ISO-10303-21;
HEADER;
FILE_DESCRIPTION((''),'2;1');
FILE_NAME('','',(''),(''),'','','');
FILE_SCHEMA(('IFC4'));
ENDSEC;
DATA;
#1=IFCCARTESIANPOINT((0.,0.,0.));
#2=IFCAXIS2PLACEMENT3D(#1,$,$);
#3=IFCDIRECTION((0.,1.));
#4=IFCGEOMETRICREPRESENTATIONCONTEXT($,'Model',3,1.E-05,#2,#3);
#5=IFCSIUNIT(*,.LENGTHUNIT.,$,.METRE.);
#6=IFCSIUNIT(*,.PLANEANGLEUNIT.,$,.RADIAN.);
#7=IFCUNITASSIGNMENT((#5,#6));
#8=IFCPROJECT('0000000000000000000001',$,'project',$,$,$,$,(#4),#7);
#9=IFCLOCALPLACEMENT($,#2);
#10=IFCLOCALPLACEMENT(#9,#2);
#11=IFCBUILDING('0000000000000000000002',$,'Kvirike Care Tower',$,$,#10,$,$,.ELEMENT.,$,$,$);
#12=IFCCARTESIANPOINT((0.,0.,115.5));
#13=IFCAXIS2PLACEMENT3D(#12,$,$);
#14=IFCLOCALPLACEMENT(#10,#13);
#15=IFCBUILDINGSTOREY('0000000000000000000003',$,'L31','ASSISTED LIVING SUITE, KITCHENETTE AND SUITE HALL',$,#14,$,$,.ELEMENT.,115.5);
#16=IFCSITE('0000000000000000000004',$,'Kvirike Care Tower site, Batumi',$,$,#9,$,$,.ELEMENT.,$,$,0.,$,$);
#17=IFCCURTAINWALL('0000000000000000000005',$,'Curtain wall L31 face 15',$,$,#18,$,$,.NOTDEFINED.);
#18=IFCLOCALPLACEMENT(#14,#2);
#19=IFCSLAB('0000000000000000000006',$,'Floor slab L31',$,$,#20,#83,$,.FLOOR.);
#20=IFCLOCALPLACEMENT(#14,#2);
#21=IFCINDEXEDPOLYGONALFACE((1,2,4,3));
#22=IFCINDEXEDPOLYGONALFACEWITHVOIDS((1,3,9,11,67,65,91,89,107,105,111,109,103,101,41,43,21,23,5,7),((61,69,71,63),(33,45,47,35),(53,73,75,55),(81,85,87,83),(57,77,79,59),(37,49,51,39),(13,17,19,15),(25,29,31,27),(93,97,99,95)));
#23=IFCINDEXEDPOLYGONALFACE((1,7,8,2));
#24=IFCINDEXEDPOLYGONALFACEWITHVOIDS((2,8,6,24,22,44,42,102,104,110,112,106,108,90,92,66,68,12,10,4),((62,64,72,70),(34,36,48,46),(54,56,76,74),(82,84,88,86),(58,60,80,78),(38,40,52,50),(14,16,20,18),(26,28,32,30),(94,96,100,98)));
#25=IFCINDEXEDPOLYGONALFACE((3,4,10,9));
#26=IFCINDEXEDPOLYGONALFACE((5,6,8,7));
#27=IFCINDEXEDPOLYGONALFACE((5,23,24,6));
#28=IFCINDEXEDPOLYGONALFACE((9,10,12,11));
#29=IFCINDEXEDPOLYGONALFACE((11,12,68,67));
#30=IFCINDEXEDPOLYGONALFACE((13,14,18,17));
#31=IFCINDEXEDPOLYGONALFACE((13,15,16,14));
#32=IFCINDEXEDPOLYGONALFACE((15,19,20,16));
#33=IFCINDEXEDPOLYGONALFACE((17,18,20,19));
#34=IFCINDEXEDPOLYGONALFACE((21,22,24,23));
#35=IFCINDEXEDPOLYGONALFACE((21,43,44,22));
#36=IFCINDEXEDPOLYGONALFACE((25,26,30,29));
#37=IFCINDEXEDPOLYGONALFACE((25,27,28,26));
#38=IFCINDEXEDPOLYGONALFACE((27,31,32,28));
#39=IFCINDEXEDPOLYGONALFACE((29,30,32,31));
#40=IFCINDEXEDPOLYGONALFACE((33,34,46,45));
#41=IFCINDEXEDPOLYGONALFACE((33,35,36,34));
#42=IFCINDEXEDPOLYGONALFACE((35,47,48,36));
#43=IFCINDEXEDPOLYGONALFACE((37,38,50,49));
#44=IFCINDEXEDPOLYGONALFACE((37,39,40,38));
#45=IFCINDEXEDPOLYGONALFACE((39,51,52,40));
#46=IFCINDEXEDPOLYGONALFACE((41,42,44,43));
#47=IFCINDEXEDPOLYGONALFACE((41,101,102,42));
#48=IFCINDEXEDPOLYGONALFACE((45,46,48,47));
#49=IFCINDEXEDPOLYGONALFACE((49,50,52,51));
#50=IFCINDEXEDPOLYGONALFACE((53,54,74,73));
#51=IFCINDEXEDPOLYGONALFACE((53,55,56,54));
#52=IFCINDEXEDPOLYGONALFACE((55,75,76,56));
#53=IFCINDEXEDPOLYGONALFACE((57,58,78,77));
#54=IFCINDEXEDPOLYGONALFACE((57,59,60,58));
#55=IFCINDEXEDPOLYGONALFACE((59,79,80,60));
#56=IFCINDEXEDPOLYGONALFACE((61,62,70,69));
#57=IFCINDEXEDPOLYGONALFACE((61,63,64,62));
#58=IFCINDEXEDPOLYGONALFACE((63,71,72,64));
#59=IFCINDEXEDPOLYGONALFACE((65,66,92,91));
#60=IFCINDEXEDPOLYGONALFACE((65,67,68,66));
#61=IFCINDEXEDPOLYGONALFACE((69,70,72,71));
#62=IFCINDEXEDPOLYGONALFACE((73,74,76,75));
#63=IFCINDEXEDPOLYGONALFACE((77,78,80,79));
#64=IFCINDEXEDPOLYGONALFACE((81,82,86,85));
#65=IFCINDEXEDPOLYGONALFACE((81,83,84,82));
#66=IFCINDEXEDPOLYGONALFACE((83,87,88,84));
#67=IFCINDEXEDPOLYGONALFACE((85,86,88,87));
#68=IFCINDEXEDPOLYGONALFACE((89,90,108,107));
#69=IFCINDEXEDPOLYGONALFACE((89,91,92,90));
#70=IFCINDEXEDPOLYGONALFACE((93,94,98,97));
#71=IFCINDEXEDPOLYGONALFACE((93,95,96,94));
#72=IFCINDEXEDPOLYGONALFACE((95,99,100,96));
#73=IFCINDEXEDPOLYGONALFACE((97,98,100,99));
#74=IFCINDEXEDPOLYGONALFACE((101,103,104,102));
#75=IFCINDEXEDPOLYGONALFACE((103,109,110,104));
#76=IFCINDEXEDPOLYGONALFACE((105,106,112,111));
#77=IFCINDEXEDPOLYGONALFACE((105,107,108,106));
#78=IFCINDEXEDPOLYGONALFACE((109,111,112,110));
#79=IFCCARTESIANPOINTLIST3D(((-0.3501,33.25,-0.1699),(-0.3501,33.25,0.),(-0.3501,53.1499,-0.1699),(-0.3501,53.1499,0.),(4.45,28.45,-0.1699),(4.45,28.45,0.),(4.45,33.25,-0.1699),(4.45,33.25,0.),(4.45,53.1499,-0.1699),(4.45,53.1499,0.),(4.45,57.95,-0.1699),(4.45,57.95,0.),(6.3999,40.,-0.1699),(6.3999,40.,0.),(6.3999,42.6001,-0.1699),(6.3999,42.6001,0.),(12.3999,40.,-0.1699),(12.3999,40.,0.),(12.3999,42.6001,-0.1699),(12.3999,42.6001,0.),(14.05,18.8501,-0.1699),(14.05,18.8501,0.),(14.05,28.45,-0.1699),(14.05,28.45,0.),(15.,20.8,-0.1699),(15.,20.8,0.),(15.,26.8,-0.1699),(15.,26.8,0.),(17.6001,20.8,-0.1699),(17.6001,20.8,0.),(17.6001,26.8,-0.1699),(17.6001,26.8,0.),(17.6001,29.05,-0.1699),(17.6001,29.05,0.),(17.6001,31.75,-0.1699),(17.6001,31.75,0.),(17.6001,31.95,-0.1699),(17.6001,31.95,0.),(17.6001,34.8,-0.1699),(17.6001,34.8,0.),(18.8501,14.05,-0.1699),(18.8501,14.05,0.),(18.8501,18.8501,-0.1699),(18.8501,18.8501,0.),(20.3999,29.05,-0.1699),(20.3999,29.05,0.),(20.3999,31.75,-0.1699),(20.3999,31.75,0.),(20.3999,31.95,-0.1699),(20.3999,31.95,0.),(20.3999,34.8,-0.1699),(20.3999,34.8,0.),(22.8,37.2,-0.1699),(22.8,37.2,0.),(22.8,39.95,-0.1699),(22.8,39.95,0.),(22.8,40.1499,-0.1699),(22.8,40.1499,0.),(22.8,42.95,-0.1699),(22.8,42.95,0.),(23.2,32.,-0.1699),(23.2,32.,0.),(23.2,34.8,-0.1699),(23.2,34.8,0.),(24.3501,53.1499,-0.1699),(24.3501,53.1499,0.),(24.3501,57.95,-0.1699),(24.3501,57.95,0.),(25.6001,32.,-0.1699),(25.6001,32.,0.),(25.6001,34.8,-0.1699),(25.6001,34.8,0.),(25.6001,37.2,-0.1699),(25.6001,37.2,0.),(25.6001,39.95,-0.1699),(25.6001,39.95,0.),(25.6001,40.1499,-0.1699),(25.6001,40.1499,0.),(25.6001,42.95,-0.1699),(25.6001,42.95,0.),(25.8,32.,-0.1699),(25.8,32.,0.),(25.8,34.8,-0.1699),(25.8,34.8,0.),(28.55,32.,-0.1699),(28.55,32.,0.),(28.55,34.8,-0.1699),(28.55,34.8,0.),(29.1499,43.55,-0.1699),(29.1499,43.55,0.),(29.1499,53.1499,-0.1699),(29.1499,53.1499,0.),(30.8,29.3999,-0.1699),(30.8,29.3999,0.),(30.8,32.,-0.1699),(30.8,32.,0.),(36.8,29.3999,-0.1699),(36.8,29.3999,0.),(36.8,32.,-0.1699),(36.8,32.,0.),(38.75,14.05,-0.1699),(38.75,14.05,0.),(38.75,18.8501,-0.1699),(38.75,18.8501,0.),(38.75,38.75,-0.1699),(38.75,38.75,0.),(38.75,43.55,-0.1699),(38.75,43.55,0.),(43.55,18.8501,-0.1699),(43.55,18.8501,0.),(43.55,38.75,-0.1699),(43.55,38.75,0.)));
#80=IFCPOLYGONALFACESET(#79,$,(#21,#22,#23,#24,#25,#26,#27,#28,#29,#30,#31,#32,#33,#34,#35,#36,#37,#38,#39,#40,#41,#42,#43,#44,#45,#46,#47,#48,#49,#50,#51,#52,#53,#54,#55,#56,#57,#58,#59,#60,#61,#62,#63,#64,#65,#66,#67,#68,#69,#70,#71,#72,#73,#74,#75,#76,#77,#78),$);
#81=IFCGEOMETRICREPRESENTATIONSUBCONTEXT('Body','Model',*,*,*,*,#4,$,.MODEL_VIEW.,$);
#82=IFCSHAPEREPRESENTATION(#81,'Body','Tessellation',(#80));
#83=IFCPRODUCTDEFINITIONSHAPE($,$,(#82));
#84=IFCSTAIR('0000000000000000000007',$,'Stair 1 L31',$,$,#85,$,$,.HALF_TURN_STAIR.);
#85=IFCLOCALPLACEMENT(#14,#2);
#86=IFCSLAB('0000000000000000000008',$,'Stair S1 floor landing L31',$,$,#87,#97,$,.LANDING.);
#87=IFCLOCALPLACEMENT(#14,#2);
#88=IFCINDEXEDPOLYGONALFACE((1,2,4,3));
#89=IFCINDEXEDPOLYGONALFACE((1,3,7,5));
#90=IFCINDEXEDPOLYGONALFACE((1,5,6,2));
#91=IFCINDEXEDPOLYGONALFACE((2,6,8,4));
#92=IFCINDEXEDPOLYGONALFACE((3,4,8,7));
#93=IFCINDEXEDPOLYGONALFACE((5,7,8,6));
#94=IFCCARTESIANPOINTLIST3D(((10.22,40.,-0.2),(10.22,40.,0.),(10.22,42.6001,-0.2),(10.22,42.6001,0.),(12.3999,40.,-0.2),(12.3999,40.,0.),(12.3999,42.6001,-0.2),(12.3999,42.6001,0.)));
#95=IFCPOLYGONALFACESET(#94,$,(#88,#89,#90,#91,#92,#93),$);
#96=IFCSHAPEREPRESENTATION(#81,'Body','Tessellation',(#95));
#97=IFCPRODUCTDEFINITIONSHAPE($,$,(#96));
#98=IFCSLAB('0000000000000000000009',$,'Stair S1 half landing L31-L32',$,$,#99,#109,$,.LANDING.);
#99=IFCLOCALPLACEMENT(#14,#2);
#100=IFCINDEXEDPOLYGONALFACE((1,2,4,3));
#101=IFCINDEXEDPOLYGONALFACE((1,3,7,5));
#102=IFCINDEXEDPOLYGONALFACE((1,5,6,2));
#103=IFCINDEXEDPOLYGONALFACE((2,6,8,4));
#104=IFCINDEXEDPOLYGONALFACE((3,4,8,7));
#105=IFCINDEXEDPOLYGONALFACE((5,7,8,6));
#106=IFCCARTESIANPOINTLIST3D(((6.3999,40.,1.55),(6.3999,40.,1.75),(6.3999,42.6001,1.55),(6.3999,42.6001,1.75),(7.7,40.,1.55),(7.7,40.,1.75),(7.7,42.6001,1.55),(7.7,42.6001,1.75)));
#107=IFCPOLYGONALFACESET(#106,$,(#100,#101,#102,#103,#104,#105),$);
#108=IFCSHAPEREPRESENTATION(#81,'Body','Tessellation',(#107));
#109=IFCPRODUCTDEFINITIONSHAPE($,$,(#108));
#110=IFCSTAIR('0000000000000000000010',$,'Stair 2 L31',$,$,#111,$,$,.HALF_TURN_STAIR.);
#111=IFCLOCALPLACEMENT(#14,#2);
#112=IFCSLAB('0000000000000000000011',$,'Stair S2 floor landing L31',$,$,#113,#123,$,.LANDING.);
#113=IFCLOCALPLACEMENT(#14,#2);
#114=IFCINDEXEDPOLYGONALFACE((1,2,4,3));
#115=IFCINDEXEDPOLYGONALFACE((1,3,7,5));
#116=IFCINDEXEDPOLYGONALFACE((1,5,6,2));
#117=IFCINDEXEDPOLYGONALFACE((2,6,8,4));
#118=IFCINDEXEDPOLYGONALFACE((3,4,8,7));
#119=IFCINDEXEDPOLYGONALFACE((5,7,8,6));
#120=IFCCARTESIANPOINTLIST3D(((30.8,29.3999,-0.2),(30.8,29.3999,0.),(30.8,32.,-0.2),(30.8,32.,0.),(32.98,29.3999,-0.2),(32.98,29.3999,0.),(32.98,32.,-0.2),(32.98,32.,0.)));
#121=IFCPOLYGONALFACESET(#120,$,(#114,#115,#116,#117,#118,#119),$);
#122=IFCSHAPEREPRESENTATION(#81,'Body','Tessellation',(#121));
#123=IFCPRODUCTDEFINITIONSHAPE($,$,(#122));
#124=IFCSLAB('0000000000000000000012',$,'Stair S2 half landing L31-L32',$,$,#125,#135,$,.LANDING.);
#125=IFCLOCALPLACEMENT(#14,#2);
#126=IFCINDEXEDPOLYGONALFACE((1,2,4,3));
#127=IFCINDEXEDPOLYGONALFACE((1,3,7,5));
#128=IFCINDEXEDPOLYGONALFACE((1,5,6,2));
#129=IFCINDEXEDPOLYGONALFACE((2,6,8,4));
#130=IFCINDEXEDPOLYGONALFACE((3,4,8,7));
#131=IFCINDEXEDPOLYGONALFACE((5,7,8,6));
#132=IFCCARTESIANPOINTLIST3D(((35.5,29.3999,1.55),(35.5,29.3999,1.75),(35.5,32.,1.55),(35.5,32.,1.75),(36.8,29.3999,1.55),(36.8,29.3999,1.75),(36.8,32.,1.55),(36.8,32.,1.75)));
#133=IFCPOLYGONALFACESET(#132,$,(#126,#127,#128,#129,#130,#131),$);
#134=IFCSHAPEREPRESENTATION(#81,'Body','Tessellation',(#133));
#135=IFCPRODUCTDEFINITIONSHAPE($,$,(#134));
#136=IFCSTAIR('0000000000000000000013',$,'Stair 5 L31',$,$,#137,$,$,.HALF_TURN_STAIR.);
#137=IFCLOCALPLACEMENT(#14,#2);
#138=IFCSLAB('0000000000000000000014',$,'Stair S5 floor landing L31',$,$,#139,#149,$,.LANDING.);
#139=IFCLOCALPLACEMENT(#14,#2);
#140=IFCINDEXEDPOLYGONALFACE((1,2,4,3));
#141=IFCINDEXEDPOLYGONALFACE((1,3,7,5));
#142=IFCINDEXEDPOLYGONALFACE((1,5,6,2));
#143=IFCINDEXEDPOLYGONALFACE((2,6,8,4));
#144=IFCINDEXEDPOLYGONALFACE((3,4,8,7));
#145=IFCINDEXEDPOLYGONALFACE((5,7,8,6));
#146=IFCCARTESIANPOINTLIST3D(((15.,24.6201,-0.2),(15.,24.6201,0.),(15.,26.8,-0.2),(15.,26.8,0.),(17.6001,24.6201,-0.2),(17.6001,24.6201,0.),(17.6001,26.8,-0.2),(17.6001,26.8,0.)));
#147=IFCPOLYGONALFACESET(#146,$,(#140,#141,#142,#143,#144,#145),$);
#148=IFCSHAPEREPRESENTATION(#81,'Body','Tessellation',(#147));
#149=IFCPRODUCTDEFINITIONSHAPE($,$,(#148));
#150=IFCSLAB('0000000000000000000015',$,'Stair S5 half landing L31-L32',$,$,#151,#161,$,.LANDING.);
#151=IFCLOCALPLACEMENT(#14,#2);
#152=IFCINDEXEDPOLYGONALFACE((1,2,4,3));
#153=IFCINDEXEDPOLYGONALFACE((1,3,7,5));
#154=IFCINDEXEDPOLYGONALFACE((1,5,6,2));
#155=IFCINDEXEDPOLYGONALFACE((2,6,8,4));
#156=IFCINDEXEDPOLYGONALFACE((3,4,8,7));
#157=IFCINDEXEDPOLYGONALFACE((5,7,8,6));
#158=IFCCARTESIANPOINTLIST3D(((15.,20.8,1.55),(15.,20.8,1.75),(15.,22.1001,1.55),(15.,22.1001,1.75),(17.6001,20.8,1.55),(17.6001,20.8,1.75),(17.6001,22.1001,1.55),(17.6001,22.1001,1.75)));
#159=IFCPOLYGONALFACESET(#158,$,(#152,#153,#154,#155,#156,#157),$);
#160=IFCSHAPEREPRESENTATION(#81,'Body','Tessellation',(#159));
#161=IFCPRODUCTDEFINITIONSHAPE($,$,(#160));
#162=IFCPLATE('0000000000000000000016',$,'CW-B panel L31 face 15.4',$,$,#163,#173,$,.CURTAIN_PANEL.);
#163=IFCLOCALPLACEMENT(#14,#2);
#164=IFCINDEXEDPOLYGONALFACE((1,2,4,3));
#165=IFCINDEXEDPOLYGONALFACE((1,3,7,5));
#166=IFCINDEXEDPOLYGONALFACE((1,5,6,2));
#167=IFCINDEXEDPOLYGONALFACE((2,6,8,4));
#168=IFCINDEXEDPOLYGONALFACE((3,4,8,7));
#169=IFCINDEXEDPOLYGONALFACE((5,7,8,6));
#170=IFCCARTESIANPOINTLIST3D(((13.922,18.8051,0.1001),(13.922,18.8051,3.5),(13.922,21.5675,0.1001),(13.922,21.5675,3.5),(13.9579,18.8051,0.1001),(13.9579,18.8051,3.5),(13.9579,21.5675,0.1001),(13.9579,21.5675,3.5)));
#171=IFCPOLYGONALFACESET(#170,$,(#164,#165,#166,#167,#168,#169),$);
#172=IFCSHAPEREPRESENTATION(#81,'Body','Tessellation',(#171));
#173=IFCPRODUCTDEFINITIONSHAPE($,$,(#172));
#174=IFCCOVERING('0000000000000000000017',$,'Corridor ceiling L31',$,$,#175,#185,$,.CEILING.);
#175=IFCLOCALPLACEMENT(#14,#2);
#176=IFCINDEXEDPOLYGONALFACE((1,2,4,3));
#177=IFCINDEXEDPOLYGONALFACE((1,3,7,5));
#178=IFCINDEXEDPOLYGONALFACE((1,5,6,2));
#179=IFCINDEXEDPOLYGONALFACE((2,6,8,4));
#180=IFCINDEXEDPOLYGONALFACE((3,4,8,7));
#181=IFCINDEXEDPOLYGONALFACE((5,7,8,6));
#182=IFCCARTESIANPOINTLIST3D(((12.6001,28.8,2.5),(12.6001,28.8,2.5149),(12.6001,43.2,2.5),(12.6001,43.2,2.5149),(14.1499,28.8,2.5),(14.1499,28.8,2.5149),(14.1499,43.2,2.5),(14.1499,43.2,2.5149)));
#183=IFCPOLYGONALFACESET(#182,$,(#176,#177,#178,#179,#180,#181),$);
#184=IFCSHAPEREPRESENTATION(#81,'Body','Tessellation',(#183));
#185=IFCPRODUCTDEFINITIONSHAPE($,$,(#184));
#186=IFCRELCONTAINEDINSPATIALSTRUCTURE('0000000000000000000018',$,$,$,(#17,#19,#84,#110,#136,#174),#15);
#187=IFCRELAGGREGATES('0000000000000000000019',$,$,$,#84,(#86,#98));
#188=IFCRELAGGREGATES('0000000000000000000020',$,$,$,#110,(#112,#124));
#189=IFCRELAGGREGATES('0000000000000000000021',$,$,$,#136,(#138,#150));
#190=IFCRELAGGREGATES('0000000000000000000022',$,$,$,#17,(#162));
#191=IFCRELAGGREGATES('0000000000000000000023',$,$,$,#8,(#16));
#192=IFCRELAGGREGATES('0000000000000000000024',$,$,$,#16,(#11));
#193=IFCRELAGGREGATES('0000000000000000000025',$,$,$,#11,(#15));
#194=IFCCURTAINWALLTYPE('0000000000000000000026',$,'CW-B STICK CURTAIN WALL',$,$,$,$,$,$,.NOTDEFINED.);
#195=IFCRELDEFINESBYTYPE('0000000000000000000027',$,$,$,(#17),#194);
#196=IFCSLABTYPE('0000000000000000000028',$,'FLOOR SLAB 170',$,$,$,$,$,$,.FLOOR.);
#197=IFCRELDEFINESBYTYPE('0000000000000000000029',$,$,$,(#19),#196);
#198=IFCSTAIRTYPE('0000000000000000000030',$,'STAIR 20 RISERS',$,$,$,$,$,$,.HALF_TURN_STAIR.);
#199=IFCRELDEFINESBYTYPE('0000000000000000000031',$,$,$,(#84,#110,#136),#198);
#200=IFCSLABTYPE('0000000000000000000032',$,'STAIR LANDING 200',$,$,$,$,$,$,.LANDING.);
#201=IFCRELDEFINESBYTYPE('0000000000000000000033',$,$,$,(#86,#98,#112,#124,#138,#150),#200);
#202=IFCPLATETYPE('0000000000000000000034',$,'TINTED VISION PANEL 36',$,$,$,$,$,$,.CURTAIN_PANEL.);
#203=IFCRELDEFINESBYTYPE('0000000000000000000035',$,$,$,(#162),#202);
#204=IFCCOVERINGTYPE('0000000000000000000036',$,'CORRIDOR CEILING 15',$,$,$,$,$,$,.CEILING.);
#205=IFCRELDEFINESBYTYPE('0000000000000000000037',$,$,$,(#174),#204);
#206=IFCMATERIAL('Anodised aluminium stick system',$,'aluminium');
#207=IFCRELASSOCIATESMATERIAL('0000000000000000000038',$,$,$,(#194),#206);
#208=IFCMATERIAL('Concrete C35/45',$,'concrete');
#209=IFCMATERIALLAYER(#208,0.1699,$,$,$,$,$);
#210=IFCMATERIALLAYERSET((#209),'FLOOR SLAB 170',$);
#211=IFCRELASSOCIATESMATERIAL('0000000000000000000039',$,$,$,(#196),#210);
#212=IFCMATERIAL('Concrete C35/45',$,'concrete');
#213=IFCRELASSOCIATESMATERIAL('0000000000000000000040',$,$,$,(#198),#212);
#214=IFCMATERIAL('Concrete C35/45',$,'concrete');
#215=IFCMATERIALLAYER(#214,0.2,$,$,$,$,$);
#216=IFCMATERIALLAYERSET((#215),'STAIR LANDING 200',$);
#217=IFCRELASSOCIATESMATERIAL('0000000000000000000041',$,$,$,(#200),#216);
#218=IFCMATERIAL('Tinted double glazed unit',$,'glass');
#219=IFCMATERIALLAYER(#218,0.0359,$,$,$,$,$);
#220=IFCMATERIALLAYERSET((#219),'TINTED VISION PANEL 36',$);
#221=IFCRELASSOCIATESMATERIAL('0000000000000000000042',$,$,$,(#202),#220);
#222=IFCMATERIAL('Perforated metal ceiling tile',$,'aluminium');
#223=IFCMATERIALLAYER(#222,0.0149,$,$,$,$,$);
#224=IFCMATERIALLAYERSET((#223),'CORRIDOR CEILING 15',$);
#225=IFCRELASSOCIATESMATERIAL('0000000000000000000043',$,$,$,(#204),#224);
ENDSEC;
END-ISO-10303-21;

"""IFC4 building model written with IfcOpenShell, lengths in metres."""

from ifc_helpers import new_model, si_unit, direction, frame, origin, origin_2d, place, context, subcontext, project, spatial, polyline, rectangle, outline, extrude, material, layer, layer_set, type_object, element, aggregate, save


model = new_model("IFC4")

# Units and contexts
model_context = context("Model", 3, precision=1e-05, world=origin(), true_north=direction((0.0, 1.0)))
body_context = subcontext(model_context, "Body", "Model", "MODEL_VIEW")
ifc_project = project(units=[si_unit("LENGTHUNIT", "METRE"), si_unit("PLANEANGLEUNIT", "RADIAN")], contexts=[model_context])

# Site, building, storey
site_placement = place(None, origin())
site = spatial("IfcSite", under=ifc_project, at=site_placement, Name="Kvirike Care Tower site, Batumi", CompositionType="ELEMENT", RefElevation=0.0)
building_placement = place(site_placement, origin())
building = spatial("IfcBuilding", under=site, at=building_placement, Name="Kvirike Care Tower", CompositionType="ELEMENT")
storey_placement = place(building_placement, frame((0.0, 0.0, 115.5)))
storey = spatial("IfcBuildingStorey", under=building, at=storey_placement, Name="L31", Description="ASSISTED LIVING SUITE, KITCHENETTE AND SUITE HALL", CompositionType="ELEMENT", Elevation=115.5)

# Curtain wall
ifc_material_1 = material(Name="Anodised aluminium stick system", Category="aluminium")
curtain_wall_type = type_object("IfcCurtainWallType", Name="CW-B STICK CURTAIN WALL", PredefinedType="NOTDEFINED", material=ifc_material_1)
curtain_wall_1_placement = place(storey_placement, origin())
curtain_wall_1 = element("IfcCurtainWall", 1, at=curtain_wall_1_placement, inside=storey, type_object=curtain_wall_type, Name="Curtain wall L31 face 15", PredefinedType="NOTDEFINED")

# Slab
ifc_material_2 = material(Name="Concrete C35/45", Category="concrete")
ifc_layer_1 = layer(ifc_material_2, 0.1699)
ifc_layer_set_1 = layer_set([ifc_layer_1], Name="FLOOR SLAB 170")
slab_type_1 = type_object("IfcSlabType", Name="FLOOR SLAB 170", PredefinedType="FLOOR", material=ifc_layer_set_1)
slab_1_placement = place(storey_placement, frame((0.0, 0.0, -0.1699)))
element("IfcSlab", 2, at=slab_1_placement, inside=storey, type_object=slab_type_1, Name="Floor slab L31", PredefinedType="FLOOR", context=body_context, shape_type="SweptSolid", body=[
    extrude(outline(polyline([(43.55, 18.8501), (43.55, 38.75), (38.75, 38.75), (38.75, 43.55), (29.1499, 43.55), (29.1499, 53.1499), (24.3501, 53.1499), (24.3501, 57.95), (4.45, 57.95), (4.45, 53.1499), (-0.3501, 53.1499), (-0.3501, 33.25), (4.45, 33.25), (4.45, 28.45), (14.05, 28.45), (14.05, 18.8501), (18.8501, 18.8501), (18.8501, 14.05), (38.75, 14.05), (38.75, 18.8501), (43.55, 18.8501)]), holes=[polyline([(17.6001, 29.05), (17.6001, 31.75), (20.3999, 31.75), (20.3999, 29.05), (17.6001, 29.05)]), polyline([(17.6001, 31.95), (17.6001, 34.8), (20.3999, 34.8), (20.3999, 31.95), (17.6001, 31.95)]), polyline([(22.8, 37.2), (22.8, 39.95), (25.6001, 39.95), (25.6001, 37.2), (22.8, 37.2)]), polyline([(22.8, 40.1499), (22.8, 42.95), (25.6001, 42.95), (25.6001, 40.1499), (22.8, 40.1499)]), polyline([(23.2, 32.0), (23.2, 34.8), (25.6001, 34.8), (25.6001, 32.0), (23.2, 32.0)]), polyline([(25.8, 32.0), (25.8, 34.8), (28.55, 34.8), (28.55, 32.0), (25.8, 32.0)]), polyline([(12.3999, 42.6001), (12.3999, 40.0), (6.3999, 40.0), (6.3999, 42.6001), (12.3999, 42.6001)]), polyline([(30.8, 29.3999), (30.8, 32.0), (36.8, 32.0), (36.8, 29.3999), (30.8, 29.3999)]), polyline([(15.0, 26.8), (17.6001, 26.8), (17.6001, 20.8), (15.0, 20.8), (15.0, 26.8)])]), origin(), (0.0, 0.0, 1.0), 0.1699),
])

# Stairs, slabs
ifc_material_3 = material(Name="Concrete C35/45", Category="concrete")
stair_type = type_object("IfcStairType", Name="STAIR 20 RISERS", PredefinedType="HALF_TURN_STAIR", material=ifc_material_3)
stair_1_placement = place(storey_placement, origin())
stair_1 = element("IfcStair", 3, at=stair_1_placement, inside=storey, type_object=stair_type, Name="Stair 1 L31", PredefinedType="HALF_TURN_STAIR")
ifc_material_4 = material(Name="Concrete C35/45", Category="concrete")
ifc_layer_2 = layer(ifc_material_4, 0.2)
ifc_layer_set_2 = layer_set([ifc_layer_2], Name="STAIR LANDING 200")
slab_type_2 = type_object("IfcSlabType", Name="STAIR LANDING 200", PredefinedType="LANDING", material=ifc_layer_set_2)
slab_2_placement = place(storey_placement, frame((0.0, 0.0, -0.2)))
slab_2 = element("IfcSlab", 4, at=slab_2_placement, type_object=slab_type_2, Name="Stair S1 floor landing L31", PredefinedType="LANDING", context=body_context, shape_type="SweptSolid", body=[
    extrude(outline(polyline([(10.22, 42.6001), (10.22, 40.0), (12.3999, 40.0), (12.3999, 42.6001), (10.22, 42.6001)])), origin(), (0.0, 0.0, 1.0), 0.2),
])
slab_3_placement = place(storey_placement, frame((0.0, 0.0, 1.55)))
slab_3 = element("IfcSlab", 5, at=slab_3_placement, type_object=slab_type_2, Name="Stair S1 half landing L31-L32", PredefinedType="LANDING", context=body_context, shape_type="SweptSolid", body=[
    extrude(outline(polyline([(6.3999, 42.6001), (6.3999, 40.0), (7.7, 40.0), (7.7, 42.6001), (6.3999, 42.6001)])), origin(), (0.0, 0.0, 1.0), 0.2),
])
aggregate(stair_1, [slab_2, slab_3])
stair_2_placement = place(storey_placement, origin())
stair_2 = element("IfcStair", 6, at=stair_2_placement, inside=storey, type_object=stair_type, Name="Stair 2 L31", PredefinedType="HALF_TURN_STAIR")
slab_4_placement = place(storey_placement, frame((0.0, 0.0, -0.2)))
slab_4 = element("IfcSlab", 7, at=slab_4_placement, type_object=slab_type_2, Name="Stair S2 floor landing L31", PredefinedType="LANDING", context=body_context, shape_type="SweptSolid", body=[
    extrude(outline(polyline([(32.98, 29.3999), (32.98, 32.0), (30.8, 32.0), (30.8, 29.3999), (32.98, 29.3999)])), origin(), (0.0, 0.0, 1.0), 0.2),
])
slab_5_placement = place(storey_placement, frame((0.0, 0.0, 1.55)))
slab_5 = element("IfcSlab", 8, at=slab_5_placement, type_object=slab_type_2, Name="Stair S2 half landing L31-L32", PredefinedType="LANDING", context=body_context, shape_type="SweptSolid", body=[
    extrude(outline(polyline([(36.8, 29.3999), (36.8, 32.0), (35.5, 32.0), (35.5, 29.3999), (36.8, 29.3999)])), origin(), (0.0, 0.0, 1.0), 0.2),
])
aggregate(stair_2, [slab_4, slab_5])
stair_3_placement = place(storey_placement, origin())
stair_3 = element("IfcStair", 9, at=stair_3_placement, inside=storey, type_object=stair_type, Name="Stair 5 L31", PredefinedType="HALF_TURN_STAIR")
slab_6_placement = place(storey_placement, frame((0.0, 0.0, -0.2)))
slab_6 = element("IfcSlab", 10, at=slab_6_placement, type_object=slab_type_2, Name="Stair S5 floor landing L31", PredefinedType="LANDING", context=body_context, shape_type="SweptSolid", body=[
    extrude(outline(polyline([(15.0, 24.6201), (17.6001, 24.6201), (17.6001, 26.8), (15.0, 26.8), (15.0, 24.6201)])), origin(), (0.0, 0.0, 1.0), 0.2),
])
slab_7_placement = place(storey_placement, frame((0.0, 0.0, 1.55)))
slab_7 = element("IfcSlab", 11, at=slab_7_placement, type_object=slab_type_2, Name="Stair S5 half landing L31-L32", PredefinedType="LANDING", context=body_context, shape_type="SweptSolid", body=[
    extrude(outline(polyline([(15.0, 20.8), (17.6001, 20.8), (17.6001, 22.1001), (15.0, 22.1001), (15.0, 20.8)])), origin(), (0.0, 0.0, 1.0), 0.2),
])
aggregate(stair_3, [slab_6, slab_7])

# Plate
ifc_material_5 = material(Name="Tinted double glazed unit", Category="glass")
ifc_layer_3 = layer(ifc_material_5, 0.0359)
ifc_layer_set_3 = layer_set([ifc_layer_3], Name="TINTED VISION PANEL 36")
plate_type = type_object("IfcPlateType", Name="TINTED VISION PANEL 36", PredefinedType="CURTAIN_PANEL", material=ifc_layer_set_3)
plate_placement = place(storey_placement, frame((13.9399, 20.1863, 0.1001), z_axis=(0.0, 0.0, 1.0), x_axis=(0.0, -1.0, 0.0)))
plate = element("IfcPlate", 12, at=plate_placement, type_object=plate_type, Name="CW-B panel L31 face 15.4", PredefinedType="CURTAIN_PANEL", context=body_context, shape_type="SweptSolid", body=[
    extrude(rectangle(XDim=2.7625, YDim=0.0359, at=origin_2d()), origin(), (0.0, 0.0, 1.0), 3.3999),
])
aggregate(curtain_wall_1, [plate])

# Covering
ifc_material_6 = material(Name="Perforated metal ceiling tile", Category="aluminium")
ifc_layer_4 = layer(ifc_material_6, 0.0149)
ifc_layer_set_4 = layer_set([ifc_layer_4], Name="CORRIDOR CEILING 15")
covering_type_1 = type_object("IfcCoveringType", Name="CORRIDOR CEILING 15", PredefinedType="CEILING", material=ifc_layer_set_4)
covering_1_placement = place(storey_placement, frame((0.0, 0.0, 2.5)))
element("IfcCovering", 13, at=covering_1_placement, inside=storey, type_object=covering_type_1, Name="Corridor ceiling L31", PredefinedType="CEILING", context=body_context, shape_type="SweptSolid", body=[
    extrude(outline(polyline([(12.6001, 43.2), (14.1499, 43.2), (14.1499, 28.8), (12.6001, 28.8), (12.6001, 43.2)])), origin(), (0.0, 0.0, 1.0), 0.0149),
])

save(model, "model.ifc")
